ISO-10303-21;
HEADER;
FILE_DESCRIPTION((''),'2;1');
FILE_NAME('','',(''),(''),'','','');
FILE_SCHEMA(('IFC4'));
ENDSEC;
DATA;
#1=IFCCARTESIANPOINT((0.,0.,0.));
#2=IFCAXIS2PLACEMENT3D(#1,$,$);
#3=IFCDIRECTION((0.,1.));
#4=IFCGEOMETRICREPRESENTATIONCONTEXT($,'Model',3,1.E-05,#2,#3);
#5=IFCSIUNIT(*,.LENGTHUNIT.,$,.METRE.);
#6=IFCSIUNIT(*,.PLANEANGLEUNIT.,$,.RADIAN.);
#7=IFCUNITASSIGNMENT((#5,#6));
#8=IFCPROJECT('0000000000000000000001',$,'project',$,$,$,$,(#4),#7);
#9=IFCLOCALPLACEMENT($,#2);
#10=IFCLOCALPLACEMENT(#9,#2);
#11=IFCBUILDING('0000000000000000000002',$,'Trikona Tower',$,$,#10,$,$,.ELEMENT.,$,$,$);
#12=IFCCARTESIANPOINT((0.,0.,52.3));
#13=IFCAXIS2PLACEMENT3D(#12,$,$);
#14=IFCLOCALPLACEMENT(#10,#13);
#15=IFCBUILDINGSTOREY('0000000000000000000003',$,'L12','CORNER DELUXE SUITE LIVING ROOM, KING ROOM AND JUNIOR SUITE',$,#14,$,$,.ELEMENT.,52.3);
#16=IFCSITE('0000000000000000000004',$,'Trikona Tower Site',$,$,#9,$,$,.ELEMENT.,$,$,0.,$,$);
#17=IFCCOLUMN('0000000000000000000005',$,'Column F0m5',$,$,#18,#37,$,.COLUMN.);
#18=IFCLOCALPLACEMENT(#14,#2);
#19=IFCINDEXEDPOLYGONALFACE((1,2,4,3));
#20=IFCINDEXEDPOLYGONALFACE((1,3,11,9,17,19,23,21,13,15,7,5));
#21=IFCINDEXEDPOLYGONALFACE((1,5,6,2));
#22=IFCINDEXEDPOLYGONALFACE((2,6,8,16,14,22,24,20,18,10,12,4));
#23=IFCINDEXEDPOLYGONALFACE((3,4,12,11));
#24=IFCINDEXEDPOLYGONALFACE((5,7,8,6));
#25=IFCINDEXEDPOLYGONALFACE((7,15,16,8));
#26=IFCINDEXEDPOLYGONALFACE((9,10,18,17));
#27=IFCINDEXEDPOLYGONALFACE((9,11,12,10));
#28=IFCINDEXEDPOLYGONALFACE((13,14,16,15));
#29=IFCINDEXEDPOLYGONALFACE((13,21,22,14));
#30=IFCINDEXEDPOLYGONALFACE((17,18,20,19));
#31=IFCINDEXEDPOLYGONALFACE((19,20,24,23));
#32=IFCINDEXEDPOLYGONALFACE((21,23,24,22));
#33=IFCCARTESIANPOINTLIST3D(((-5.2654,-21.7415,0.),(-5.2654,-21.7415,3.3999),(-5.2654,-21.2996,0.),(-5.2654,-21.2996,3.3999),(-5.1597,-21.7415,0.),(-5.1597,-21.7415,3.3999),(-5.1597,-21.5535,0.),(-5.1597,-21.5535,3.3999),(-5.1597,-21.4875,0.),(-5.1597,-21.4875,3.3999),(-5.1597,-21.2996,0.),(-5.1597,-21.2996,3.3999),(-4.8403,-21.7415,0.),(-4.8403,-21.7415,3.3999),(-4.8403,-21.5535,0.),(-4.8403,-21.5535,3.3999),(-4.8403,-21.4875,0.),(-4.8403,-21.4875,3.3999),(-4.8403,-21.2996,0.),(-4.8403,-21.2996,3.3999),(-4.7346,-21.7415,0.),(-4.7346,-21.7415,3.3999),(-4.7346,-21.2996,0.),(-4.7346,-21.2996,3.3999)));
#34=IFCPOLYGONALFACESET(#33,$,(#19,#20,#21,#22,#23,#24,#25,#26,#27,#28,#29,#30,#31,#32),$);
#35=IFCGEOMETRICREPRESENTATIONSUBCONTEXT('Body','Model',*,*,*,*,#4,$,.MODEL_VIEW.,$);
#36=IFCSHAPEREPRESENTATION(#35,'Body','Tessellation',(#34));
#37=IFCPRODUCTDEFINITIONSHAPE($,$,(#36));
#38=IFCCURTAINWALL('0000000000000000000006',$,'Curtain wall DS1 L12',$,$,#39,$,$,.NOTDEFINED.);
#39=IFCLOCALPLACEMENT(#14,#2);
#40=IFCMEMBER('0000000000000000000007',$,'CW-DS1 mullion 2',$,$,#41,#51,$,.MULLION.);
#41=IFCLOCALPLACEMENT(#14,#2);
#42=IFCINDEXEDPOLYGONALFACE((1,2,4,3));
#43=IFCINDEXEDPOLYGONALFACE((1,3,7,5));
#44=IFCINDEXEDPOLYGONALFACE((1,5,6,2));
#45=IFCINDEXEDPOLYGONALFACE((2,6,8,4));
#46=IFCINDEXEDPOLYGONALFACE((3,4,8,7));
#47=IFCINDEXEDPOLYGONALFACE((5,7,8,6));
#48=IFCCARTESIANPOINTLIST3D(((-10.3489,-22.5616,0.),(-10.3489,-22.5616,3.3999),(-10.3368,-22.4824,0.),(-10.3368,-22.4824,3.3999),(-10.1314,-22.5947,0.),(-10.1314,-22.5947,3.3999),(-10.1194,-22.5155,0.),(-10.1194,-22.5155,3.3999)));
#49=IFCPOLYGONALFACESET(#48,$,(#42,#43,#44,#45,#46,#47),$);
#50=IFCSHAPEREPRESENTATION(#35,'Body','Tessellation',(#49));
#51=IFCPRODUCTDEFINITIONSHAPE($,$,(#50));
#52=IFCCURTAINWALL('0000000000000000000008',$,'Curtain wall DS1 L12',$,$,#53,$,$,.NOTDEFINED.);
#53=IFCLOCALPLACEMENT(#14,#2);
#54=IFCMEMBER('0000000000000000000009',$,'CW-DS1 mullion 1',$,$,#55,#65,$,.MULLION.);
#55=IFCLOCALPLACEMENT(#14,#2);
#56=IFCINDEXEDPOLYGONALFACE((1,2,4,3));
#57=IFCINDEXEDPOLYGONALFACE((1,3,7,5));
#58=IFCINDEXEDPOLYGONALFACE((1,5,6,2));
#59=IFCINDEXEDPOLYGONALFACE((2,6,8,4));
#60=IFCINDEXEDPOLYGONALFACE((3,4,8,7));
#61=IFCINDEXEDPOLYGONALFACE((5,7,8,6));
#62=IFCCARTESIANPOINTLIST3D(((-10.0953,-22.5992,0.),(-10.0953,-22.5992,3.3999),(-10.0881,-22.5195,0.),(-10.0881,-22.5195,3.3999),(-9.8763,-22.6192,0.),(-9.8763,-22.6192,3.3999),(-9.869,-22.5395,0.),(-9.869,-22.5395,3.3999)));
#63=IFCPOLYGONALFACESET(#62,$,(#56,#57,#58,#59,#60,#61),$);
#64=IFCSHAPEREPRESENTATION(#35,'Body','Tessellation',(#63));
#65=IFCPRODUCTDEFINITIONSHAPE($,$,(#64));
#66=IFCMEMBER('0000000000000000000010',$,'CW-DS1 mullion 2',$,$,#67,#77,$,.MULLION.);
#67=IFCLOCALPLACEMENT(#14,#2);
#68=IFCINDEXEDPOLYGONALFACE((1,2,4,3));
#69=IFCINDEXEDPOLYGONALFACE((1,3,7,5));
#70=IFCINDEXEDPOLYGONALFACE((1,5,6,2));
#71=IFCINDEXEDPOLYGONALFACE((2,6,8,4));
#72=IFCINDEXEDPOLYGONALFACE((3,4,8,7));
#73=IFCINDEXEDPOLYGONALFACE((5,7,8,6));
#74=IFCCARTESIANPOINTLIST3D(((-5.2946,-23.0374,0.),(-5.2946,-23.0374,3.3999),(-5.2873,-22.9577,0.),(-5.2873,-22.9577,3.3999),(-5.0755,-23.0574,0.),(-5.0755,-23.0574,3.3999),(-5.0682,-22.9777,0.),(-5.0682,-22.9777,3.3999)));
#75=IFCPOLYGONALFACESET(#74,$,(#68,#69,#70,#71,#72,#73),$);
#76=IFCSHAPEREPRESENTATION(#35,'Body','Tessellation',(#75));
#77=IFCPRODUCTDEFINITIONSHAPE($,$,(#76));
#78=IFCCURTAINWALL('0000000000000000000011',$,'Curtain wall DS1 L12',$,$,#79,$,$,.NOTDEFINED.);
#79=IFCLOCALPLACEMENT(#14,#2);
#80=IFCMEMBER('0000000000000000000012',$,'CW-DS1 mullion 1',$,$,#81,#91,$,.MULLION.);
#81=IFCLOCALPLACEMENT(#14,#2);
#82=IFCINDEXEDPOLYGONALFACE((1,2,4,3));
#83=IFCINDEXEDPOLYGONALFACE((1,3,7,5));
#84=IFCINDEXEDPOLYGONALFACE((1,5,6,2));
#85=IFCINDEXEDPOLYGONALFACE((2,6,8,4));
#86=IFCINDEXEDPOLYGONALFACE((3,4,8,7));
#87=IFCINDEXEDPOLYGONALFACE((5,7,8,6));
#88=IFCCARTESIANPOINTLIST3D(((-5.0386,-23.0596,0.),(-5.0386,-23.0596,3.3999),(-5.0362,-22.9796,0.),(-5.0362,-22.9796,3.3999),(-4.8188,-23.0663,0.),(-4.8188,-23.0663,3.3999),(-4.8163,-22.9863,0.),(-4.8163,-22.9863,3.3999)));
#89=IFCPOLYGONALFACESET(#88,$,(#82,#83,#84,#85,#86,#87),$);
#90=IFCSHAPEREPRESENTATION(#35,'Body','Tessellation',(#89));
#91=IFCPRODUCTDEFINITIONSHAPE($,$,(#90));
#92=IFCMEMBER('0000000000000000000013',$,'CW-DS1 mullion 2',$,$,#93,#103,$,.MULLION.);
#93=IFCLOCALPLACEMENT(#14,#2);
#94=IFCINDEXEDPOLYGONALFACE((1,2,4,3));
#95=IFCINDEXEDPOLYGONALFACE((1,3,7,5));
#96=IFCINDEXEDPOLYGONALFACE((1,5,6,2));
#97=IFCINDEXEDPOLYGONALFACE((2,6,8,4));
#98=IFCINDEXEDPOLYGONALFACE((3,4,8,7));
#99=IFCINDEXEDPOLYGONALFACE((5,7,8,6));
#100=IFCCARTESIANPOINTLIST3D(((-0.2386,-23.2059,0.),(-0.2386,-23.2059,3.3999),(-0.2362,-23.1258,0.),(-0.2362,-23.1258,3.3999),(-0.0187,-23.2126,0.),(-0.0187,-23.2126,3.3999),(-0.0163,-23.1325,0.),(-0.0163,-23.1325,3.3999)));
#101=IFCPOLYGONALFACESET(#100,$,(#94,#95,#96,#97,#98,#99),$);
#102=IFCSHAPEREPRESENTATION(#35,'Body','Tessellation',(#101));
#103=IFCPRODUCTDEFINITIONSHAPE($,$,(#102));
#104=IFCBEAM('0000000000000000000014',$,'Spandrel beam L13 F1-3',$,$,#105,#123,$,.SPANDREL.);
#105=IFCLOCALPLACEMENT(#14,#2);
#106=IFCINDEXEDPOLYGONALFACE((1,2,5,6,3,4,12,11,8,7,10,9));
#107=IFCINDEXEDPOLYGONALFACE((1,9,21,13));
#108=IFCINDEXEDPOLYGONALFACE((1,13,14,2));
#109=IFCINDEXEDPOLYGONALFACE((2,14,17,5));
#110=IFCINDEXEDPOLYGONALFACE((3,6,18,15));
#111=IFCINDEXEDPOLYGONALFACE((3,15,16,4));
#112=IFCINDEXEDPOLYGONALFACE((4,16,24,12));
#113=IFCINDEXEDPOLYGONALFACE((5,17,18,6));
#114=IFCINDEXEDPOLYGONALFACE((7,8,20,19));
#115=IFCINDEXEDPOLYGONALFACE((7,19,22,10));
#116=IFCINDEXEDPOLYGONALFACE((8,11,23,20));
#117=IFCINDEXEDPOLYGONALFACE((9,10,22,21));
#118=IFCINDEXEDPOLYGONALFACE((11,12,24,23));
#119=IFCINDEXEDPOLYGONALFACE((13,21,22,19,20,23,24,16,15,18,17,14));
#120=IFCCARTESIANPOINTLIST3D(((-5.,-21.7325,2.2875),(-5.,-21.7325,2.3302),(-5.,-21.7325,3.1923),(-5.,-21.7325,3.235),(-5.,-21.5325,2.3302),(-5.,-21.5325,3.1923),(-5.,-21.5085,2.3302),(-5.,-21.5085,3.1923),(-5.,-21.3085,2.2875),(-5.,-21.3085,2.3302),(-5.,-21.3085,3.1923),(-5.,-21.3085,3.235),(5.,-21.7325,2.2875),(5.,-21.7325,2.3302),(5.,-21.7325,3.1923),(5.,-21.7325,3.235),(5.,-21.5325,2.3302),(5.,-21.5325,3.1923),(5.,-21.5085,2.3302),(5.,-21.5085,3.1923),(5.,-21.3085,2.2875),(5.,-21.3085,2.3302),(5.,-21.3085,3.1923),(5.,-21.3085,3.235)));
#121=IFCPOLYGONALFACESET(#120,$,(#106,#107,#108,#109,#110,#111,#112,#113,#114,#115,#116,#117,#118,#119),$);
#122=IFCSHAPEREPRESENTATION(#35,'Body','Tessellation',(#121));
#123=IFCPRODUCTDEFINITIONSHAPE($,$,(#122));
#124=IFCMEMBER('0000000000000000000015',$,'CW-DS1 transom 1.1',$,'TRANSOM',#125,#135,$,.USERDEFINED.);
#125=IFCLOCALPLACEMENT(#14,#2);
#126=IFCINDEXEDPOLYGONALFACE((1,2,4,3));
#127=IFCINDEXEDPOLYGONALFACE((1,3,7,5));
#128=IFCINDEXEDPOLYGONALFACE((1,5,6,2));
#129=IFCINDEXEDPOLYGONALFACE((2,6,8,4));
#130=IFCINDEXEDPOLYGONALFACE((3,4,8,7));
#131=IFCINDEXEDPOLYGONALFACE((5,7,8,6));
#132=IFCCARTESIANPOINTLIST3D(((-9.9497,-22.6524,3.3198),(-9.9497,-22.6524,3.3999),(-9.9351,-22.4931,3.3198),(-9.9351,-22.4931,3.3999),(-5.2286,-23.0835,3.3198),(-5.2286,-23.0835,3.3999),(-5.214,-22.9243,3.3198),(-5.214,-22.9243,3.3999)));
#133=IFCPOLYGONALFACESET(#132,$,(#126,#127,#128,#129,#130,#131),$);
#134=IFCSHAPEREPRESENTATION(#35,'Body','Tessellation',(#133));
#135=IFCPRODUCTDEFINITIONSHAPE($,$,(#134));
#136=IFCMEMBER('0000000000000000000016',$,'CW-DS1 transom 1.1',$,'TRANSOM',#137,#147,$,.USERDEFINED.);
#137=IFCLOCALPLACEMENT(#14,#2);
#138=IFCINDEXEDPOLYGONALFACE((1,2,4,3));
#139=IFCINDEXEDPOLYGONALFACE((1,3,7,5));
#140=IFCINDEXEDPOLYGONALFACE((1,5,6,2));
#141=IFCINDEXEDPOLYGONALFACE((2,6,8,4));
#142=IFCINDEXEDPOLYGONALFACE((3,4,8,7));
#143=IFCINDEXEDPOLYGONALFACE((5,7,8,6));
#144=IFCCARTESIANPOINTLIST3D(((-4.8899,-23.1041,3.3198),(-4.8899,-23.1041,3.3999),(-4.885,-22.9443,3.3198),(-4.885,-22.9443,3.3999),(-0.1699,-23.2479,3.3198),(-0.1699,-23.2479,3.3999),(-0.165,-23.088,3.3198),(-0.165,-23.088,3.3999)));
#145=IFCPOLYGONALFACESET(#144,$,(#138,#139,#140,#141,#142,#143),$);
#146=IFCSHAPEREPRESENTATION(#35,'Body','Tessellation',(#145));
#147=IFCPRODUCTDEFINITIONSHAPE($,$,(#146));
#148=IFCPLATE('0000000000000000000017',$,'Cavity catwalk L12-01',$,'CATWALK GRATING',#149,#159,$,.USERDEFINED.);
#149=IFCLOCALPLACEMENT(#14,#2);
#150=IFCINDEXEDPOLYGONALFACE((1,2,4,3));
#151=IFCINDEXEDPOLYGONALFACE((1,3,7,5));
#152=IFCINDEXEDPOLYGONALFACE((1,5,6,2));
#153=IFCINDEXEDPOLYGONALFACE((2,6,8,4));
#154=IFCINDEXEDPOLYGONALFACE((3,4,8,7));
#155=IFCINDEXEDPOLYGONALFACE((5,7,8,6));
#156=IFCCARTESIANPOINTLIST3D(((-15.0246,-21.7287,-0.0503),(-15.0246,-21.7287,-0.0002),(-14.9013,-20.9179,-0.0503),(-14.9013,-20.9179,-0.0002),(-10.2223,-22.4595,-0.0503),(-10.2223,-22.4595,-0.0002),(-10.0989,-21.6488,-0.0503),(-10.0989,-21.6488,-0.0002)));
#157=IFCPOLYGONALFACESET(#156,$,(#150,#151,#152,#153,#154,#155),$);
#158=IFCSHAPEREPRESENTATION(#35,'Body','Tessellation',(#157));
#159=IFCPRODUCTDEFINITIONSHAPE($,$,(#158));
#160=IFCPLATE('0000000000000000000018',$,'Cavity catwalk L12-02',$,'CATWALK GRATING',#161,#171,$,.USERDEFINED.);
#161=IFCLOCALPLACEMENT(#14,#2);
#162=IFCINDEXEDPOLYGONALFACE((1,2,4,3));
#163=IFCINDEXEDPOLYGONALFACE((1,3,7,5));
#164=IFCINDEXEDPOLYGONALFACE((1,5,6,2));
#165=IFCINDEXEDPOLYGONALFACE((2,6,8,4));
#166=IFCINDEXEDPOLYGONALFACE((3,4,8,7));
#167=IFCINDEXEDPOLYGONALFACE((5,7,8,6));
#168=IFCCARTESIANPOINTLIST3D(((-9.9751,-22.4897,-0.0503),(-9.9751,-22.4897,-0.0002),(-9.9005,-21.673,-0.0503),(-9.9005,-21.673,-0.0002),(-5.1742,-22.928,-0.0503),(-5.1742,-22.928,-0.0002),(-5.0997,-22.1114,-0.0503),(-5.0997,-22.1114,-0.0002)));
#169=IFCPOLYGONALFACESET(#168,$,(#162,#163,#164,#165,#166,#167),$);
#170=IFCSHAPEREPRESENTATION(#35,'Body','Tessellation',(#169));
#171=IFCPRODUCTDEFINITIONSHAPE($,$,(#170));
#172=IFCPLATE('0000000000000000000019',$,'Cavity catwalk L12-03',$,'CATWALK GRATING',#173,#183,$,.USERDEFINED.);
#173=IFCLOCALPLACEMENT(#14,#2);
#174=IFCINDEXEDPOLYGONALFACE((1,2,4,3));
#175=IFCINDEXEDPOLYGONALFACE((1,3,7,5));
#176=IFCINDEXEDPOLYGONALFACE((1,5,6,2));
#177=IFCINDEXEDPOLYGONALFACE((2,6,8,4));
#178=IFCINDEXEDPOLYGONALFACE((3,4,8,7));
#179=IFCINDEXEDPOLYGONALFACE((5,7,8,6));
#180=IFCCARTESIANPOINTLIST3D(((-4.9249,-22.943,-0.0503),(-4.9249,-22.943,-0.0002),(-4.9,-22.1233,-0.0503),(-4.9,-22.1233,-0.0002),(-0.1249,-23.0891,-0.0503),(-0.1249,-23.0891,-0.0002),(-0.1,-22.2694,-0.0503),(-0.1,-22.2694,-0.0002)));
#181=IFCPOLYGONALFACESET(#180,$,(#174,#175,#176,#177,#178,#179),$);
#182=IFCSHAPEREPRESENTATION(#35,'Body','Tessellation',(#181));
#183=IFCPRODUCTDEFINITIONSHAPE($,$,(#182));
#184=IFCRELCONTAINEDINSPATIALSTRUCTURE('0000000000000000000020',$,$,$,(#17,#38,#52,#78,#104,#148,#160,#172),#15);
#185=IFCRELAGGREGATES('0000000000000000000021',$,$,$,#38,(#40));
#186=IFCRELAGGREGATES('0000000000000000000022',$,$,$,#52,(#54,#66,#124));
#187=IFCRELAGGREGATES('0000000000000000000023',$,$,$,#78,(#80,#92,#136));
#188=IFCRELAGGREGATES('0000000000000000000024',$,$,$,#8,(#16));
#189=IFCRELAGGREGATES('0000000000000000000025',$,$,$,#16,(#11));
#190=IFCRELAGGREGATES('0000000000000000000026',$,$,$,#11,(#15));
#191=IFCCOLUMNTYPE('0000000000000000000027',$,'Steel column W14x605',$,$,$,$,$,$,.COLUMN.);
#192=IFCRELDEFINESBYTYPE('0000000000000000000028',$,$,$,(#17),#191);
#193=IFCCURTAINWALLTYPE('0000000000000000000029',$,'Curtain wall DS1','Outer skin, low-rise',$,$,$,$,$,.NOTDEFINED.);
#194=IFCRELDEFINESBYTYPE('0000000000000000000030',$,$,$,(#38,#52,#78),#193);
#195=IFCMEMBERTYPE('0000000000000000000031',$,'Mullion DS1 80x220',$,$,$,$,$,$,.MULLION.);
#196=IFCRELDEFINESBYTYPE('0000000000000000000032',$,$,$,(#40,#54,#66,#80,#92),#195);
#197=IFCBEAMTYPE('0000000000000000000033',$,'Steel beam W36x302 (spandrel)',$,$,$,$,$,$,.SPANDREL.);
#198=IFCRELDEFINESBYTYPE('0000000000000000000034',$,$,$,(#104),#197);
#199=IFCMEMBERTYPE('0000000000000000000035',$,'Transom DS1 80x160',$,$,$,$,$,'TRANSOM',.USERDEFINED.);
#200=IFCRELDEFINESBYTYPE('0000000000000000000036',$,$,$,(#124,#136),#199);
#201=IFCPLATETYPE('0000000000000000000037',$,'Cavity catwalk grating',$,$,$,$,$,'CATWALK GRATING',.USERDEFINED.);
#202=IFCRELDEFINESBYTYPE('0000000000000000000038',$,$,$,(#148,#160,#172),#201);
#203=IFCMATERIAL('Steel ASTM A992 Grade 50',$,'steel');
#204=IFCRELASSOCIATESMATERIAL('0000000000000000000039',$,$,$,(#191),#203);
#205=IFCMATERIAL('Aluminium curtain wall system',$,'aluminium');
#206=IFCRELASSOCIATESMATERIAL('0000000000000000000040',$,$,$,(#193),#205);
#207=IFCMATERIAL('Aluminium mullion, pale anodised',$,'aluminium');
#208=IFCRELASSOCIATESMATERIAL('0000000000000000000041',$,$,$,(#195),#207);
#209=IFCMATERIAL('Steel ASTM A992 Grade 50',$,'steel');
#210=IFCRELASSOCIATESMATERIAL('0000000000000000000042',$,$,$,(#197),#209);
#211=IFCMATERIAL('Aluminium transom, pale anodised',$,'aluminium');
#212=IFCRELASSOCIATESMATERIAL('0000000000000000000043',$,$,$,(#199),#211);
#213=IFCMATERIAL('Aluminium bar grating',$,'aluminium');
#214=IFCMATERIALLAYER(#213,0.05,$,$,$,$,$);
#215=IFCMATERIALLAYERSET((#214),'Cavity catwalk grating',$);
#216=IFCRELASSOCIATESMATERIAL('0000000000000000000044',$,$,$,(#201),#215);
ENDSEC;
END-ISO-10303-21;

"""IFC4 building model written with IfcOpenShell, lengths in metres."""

from ifc_helpers import new_model, si_unit, direction, frame, origin, origin_2d, place, context, subcontext, project, spatial, rectangle, i_section, extrude, material, layer, layer_set, material_profile, profile_set, type_object, element, aggregate, save


model = new_model("IFC4")

# Units and contexts
model_context = context("Model", 3, precision=1e-05, world=origin(), true_north=direction((0.0, 1.0)))
body_context = subcontext(model_context, "Body", "Model", "MODEL_VIEW")
ifc_project = project(units=[si_unit("LENGTHUNIT", "METRE"), si_unit("PLANEANGLEUNIT", "RADIAN")], contexts=[model_context])

# Site, building, storey
site_placement = place(None, origin())
site = spatial("IfcSite", under=ifc_project, at=site_placement, Name="Trikona Tower Site", CompositionType="ELEMENT", RefElevation=0.0)
building_placement = place(site_placement, origin())
building = spatial("IfcBuilding", under=site, at=building_placement, Name="Trikona Tower", CompositionType="ELEMENT")
storey_placement = place(building_placement, frame((0.0, 0.0, 52.3)))
storey = spatial("IfcBuildingStorey", under=building, at=storey_placement, Name="L12", Description="CORNER DELUXE SUITE LIVING ROOM, KING ROOM AND JUNIOR SUITE", CompositionType="ELEMENT", Elevation=52.3)

# Column
ifc_material_1 = material(Name="Steel ASTM A992 Grade 50", Category="steel")
ifc_material_profile_1 = material_profile(ifc_material_1, i_section(OverallWidth=0.4419, OverallDepth=0.5308, WebThickness=0.0659, FlangeThickness=0.1057, at=origin_2d()), Name="W14X605")
ifc_profile_set_1 = profile_set([ifc_material_profile_1], Name="Steel ASTM A992 Grade 50")
column_type = type_object("IfcColumnType", Name="Steel column W14x605", PredefinedType="COLUMN", material=ifc_profile_set_1)
column_placement = place(storey_placement, frame((-5.0, -21.5205, 0.0), z_axis=(0.0, 0.0, 1.0), x_axis=(0.0, -1.0, 0.0)))
element("IfcColumn", 1, at=column_placement, inside=storey, type_object=column_type, Name="Column F0m5", PredefinedType="COLUMN", context=body_context, shape_type="SweptSolid", body=[
    extrude(i_section(OverallWidth=0.4419, OverallDepth=0.5308, WebThickness=0.0659, FlangeThickness=0.1057, at=origin_2d()), origin(), (0.0, 0.0, 1.0), 3.3999),
])

# Curtain wall, member
ifc_material_2 = material(Name="Aluminium curtain wall system", Category="aluminium")
curtain_wall_type = type_object("IfcCurtainWallType", Name="Curtain wall DS1", Description="Outer skin, low-rise", PredefinedType="NOTDEFINED", material=ifc_material_2)
curtain_wall_1_placement = place(storey_placement, origin())
curtain_wall_1 = element("IfcCurtainWall", 2, at=curtain_wall_1_placement, inside=storey, type_object=curtain_wall_type, Name="Curtain wall DS1 L12", PredefinedType="NOTDEFINED")
ifc_material_3 = material(Name="Aluminium mullion, pale anodised", Category="aluminium")
ifc_material_profile_2 = material_profile(ifc_material_3, rectangle(XDim=0.0801, YDim=0.22, at=origin_2d()), Name="MUL-DS1")
ifc_profile_set_2 = profile_set([ifc_material_profile_2], Name="Aluminium mullion, pale anodised")
member_type_1 = type_object("IfcMemberType", Name="Mullion DS1 80x220", PredefinedType="MULLION", material=ifc_profile_set_2)
member_1_placement = place(storey_placement, frame((-10.2341, -22.5386, 0.0), z_axis=(0.0, 0.0, 1.0), x_axis=(0.150438, 0.988619, 0.0)))
member_1 = element("IfcMember", 3, at=member_1_placement, type_object=member_type_1, Name="CW-DS1 mullion 2", PredefinedType="MULLION", context=body_context, shape_type="SweptSolid", body=[
    extrude(rectangle(XDim=0.0801, YDim=0.22, at=origin_2d()), origin(), (0.0, 0.0, 1.0), 3.3999),
])

# Curtain walls, members
curtain_wall_2_placement = place(storey_placement, origin())
curtain_wall_2 = element("IfcCurtainWall", 4, at=curtain_wall_2_placement, inside=storey, type_object=curtain_wall_type, Name="Curtain wall DS1 L12", PredefinedType="NOTDEFINED")
member_2_placement = place(storey_placement, frame((-9.9822, -22.5693, 0.0), z_axis=(0.0, 0.0, 1.0), x_axis=(0.090924, 0.995858, 0.0)))
member_2 = element("IfcMember", 5, at=member_2_placement, type_object=member_type_1, Name="CW-DS1 mullion 1", PredefinedType="MULLION", context=body_context, shape_type="SweptSolid", body=[
    extrude(rectangle(XDim=0.0801, YDim=0.22, at=origin_2d()), origin(), (0.0, 0.0, 1.0), 3.3999),
])
member_3_placement = place(storey_placement, frame((-5.1814, -23.0076, 0.0), z_axis=(0.0, 0.0, 1.0), x_axis=(0.090924, 0.995858, 0.0)))
member_3 = element("IfcMember", 6, at=member_3_placement, type_object=member_type_1, Name="CW-DS1 mullion 2", PredefinedType="MULLION", context=body_context, shape_type="SweptSolid", body=[
    extrude(rectangle(XDim=0.0801, YDim=0.22, at=origin_2d()), origin(), (0.0, 0.0, 1.0), 3.3999),
])
curtain_wall_3_placement = place(storey_placement, origin())
curtain_wall_3 = element("IfcCurtainWall", 7, at=curtain_wall_3_placement, inside=storey, type_object=curtain_wall_type, Name="Curtain wall DS1 L12", PredefinedType="NOTDEFINED")
member_4_placement = place(storey_placement, frame((-4.9275, -23.0229, 0.0), z_axis=(0.0, 0.0, 1.0), x_axis=(0.030437, 0.999537, 0.0)))
member_4 = element("IfcMember", 8, at=member_4_placement, type_object=member_type_1, Name="CW-DS1 mullion 1", PredefinedType="MULLION", context=body_context, shape_type="SweptSolid", body=[
    extrude(rectangle(XDim=0.0801, YDim=0.22, at=origin_2d()), origin(), (0.0, 0.0, 1.0), 3.3999),
])
member_5_placement = place(storey_placement, frame((-0.1274, -23.1692, 0.0), z_axis=(0.0, 0.0, 1.0), x_axis=(0.030437, 0.999537, 0.0)))
member_5 = element("IfcMember", 9, at=member_5_placement, type_object=member_type_1, Name="CW-DS1 mullion 2", PredefinedType="MULLION", context=body_context, shape_type="SweptSolid", body=[
    extrude(rectangle(XDim=0.0801, YDim=0.22, at=origin_2d()), origin(), (0.0, 0.0, 1.0), 3.3999),
])

# Beam
ifc_material_4 = material(Name="Steel ASTM A992 Grade 50", Category="steel")
ifc_material_profile_3 = material_profile(ifc_material_4, i_section(OverallWidth=0.4241, OverallDepth=0.9475, WebThickness=0.0239, FlangeThickness=0.0427, at=origin_2d()), Name="W36X302")
ifc_profile_set_3 = profile_set([ifc_material_profile_3], Name="Steel ASTM A992 Grade 50")
beam_type = type_object("IfcBeamType", Name="Steel beam W36x302 (spandrel)", PredefinedType="SPANDREL", material=ifc_profile_set_3)
beam_placement = place(storey_placement, frame((-5.0, -21.5205, 2.7612), z_axis=(1.0, 0.0, 0.0), x_axis=(0.0, 1.0, 0.0)))
element("IfcBeam", 10, at=beam_placement, inside=storey, type_object=beam_type, Name="Spandrel beam L13 F1-3", PredefinedType="SPANDREL", context=body_context, shape_type="SweptSolid", body=[
    extrude(i_section(OverallWidth=0.4241, OverallDepth=0.9475, WebThickness=0.0239, FlangeThickness=0.0427, at=origin_2d()), origin(), (0.0, 0.0, 1.0), 10.0),
])

# Members
ifc_material_5 = material(Name="Aluminium transom, pale anodised", Category="aluminium")
ifc_material_profile_4 = material_profile(ifc_material_5, rectangle(XDim=0.1599, YDim=0.0801, at=origin_2d()), Name="TRN-DS1")
ifc_profile_set_4 = profile_set([ifc_material_profile_4], Name="Aluminium transom, pale anodised")
member_type_2 = type_object("IfcMemberType", Name="Transom DS1 80x160", ElementType="TRANSOM", PredefinedType="USERDEFINED", material=ifc_profile_set_4)
member_6_placement = place(storey_placement, frame((-9.9424, -22.5728, 3.3599), z_axis=(0.995856, -0.090944, 0.0), x_axis=(0.090944, 0.995856, 0.0)))
member_6 = element("IfcMember", 11, at=member_6_placement, type_object=member_type_2, Name="CW-DS1 transom 1.1", ObjectType="TRANSOM", PredefinedType="USERDEFINED", context=body_context, shape_type="SweptSolid", body=[
    extrude(rectangle(XDim=0.1599, YDim=0.0801, at=origin_2d()), origin(), (0.0, 0.0, 1.0), 4.7407),
])
member_7_placement = place(storey_placement, frame((-4.8875, -23.0242, 3.3599), z_axis=(0.999536, -0.030452, 0.0), x_axis=(0.030452, 0.999536, 0.0)))
member_7 = element("IfcMember", 12, at=member_7_placement, type_object=member_type_2, Name="CW-DS1 transom 1.1", ObjectType="TRANSOM", PredefinedType="USERDEFINED", context=body_context, shape_type="SweptSolid", body=[
    extrude(rectangle(XDim=0.1599, YDim=0.0801, at=origin_2d()), origin(), (0.0, 0.0, 1.0), 4.7222),
])

# Plates
ifc_material_6 = material(Name="Aluminium bar grating", Category="aluminium")
ifc_layer_1 = layer(ifc_material_6, 0.05)
ifc_layer_set_1 = layer_set([ifc_layer_1], Name="Cavity catwalk grating")
plate_type_1 = type_object("IfcPlateType", Name="Cavity catwalk grating", ElementType="CATWALK GRATING", PredefinedType="USERDEFINED", material=ifc_layer_set_1)
plate_1_placement = place(storey_placement, frame((-12.5618, -21.6887, -0.0503), z_axis=(0.0, 0.0, 1.0), x_axis=(0.988618, -0.150448, 0.0)))
element("IfcPlate", 13, at=plate_1_placement, inside=storey, type_object=plate_type_1, Name="Cavity catwalk L12-01", ObjectType="CATWALK GRATING", PredefinedType="USERDEFINED", context=body_context, shape_type="SweptSolid", body=[
    extrude(rectangle(XDim=4.8577, YDim=0.8201, at=origin_2d()), origin(), (0.0, 0.0, 1.0), 0.05),
])
plate_2_placement = place(storey_placement, frame((-7.5374, -22.3005, -0.0503), z_axis=(0.0, 0.0, 1.0), x_axis=(0.995858, -0.090921, 0.0)))
element("IfcPlate", 14, at=plate_2_placement, inside=storey, type_object=plate_type_1, Name="Cavity catwalk L12-02", ObjectType="CATWALK GRATING", PredefinedType="USERDEFINED", context=body_context, shape_type="SweptSolid", body=[
    extrude(rectangle(XDim=4.8208, YDim=0.8201, at=origin_2d()), origin(), (0.0, 0.0, 1.0), 0.05),
])
plate_3_placement = place(storey_placement, frame((-2.5125, -22.6062, -0.0503), z_axis=(0.0, 0.0, 1.0), x_axis=(0.999537, -0.030425, 0.0)))
element("IfcPlate", 15, at=plate_3_placement, inside=storey, type_object=plate_type_1, Name="Cavity catwalk L12-03", ObjectType="CATWALK GRATING", PredefinedType="USERDEFINED", context=body_context, shape_type="SweptSolid", body=[
    extrude(rectangle(XDim=4.8022, YDim=0.8201, at=origin_2d()), origin(), (0.0, 0.0, 1.0), 0.05),
])

aggregate(curtain_wall_1, [member_1])
aggregate(curtain_wall_2, [member_2, member_3, member_6])
aggregate(curtain_wall_3, [member_4, member_5, member_7])

save(model, "model.ifc")
